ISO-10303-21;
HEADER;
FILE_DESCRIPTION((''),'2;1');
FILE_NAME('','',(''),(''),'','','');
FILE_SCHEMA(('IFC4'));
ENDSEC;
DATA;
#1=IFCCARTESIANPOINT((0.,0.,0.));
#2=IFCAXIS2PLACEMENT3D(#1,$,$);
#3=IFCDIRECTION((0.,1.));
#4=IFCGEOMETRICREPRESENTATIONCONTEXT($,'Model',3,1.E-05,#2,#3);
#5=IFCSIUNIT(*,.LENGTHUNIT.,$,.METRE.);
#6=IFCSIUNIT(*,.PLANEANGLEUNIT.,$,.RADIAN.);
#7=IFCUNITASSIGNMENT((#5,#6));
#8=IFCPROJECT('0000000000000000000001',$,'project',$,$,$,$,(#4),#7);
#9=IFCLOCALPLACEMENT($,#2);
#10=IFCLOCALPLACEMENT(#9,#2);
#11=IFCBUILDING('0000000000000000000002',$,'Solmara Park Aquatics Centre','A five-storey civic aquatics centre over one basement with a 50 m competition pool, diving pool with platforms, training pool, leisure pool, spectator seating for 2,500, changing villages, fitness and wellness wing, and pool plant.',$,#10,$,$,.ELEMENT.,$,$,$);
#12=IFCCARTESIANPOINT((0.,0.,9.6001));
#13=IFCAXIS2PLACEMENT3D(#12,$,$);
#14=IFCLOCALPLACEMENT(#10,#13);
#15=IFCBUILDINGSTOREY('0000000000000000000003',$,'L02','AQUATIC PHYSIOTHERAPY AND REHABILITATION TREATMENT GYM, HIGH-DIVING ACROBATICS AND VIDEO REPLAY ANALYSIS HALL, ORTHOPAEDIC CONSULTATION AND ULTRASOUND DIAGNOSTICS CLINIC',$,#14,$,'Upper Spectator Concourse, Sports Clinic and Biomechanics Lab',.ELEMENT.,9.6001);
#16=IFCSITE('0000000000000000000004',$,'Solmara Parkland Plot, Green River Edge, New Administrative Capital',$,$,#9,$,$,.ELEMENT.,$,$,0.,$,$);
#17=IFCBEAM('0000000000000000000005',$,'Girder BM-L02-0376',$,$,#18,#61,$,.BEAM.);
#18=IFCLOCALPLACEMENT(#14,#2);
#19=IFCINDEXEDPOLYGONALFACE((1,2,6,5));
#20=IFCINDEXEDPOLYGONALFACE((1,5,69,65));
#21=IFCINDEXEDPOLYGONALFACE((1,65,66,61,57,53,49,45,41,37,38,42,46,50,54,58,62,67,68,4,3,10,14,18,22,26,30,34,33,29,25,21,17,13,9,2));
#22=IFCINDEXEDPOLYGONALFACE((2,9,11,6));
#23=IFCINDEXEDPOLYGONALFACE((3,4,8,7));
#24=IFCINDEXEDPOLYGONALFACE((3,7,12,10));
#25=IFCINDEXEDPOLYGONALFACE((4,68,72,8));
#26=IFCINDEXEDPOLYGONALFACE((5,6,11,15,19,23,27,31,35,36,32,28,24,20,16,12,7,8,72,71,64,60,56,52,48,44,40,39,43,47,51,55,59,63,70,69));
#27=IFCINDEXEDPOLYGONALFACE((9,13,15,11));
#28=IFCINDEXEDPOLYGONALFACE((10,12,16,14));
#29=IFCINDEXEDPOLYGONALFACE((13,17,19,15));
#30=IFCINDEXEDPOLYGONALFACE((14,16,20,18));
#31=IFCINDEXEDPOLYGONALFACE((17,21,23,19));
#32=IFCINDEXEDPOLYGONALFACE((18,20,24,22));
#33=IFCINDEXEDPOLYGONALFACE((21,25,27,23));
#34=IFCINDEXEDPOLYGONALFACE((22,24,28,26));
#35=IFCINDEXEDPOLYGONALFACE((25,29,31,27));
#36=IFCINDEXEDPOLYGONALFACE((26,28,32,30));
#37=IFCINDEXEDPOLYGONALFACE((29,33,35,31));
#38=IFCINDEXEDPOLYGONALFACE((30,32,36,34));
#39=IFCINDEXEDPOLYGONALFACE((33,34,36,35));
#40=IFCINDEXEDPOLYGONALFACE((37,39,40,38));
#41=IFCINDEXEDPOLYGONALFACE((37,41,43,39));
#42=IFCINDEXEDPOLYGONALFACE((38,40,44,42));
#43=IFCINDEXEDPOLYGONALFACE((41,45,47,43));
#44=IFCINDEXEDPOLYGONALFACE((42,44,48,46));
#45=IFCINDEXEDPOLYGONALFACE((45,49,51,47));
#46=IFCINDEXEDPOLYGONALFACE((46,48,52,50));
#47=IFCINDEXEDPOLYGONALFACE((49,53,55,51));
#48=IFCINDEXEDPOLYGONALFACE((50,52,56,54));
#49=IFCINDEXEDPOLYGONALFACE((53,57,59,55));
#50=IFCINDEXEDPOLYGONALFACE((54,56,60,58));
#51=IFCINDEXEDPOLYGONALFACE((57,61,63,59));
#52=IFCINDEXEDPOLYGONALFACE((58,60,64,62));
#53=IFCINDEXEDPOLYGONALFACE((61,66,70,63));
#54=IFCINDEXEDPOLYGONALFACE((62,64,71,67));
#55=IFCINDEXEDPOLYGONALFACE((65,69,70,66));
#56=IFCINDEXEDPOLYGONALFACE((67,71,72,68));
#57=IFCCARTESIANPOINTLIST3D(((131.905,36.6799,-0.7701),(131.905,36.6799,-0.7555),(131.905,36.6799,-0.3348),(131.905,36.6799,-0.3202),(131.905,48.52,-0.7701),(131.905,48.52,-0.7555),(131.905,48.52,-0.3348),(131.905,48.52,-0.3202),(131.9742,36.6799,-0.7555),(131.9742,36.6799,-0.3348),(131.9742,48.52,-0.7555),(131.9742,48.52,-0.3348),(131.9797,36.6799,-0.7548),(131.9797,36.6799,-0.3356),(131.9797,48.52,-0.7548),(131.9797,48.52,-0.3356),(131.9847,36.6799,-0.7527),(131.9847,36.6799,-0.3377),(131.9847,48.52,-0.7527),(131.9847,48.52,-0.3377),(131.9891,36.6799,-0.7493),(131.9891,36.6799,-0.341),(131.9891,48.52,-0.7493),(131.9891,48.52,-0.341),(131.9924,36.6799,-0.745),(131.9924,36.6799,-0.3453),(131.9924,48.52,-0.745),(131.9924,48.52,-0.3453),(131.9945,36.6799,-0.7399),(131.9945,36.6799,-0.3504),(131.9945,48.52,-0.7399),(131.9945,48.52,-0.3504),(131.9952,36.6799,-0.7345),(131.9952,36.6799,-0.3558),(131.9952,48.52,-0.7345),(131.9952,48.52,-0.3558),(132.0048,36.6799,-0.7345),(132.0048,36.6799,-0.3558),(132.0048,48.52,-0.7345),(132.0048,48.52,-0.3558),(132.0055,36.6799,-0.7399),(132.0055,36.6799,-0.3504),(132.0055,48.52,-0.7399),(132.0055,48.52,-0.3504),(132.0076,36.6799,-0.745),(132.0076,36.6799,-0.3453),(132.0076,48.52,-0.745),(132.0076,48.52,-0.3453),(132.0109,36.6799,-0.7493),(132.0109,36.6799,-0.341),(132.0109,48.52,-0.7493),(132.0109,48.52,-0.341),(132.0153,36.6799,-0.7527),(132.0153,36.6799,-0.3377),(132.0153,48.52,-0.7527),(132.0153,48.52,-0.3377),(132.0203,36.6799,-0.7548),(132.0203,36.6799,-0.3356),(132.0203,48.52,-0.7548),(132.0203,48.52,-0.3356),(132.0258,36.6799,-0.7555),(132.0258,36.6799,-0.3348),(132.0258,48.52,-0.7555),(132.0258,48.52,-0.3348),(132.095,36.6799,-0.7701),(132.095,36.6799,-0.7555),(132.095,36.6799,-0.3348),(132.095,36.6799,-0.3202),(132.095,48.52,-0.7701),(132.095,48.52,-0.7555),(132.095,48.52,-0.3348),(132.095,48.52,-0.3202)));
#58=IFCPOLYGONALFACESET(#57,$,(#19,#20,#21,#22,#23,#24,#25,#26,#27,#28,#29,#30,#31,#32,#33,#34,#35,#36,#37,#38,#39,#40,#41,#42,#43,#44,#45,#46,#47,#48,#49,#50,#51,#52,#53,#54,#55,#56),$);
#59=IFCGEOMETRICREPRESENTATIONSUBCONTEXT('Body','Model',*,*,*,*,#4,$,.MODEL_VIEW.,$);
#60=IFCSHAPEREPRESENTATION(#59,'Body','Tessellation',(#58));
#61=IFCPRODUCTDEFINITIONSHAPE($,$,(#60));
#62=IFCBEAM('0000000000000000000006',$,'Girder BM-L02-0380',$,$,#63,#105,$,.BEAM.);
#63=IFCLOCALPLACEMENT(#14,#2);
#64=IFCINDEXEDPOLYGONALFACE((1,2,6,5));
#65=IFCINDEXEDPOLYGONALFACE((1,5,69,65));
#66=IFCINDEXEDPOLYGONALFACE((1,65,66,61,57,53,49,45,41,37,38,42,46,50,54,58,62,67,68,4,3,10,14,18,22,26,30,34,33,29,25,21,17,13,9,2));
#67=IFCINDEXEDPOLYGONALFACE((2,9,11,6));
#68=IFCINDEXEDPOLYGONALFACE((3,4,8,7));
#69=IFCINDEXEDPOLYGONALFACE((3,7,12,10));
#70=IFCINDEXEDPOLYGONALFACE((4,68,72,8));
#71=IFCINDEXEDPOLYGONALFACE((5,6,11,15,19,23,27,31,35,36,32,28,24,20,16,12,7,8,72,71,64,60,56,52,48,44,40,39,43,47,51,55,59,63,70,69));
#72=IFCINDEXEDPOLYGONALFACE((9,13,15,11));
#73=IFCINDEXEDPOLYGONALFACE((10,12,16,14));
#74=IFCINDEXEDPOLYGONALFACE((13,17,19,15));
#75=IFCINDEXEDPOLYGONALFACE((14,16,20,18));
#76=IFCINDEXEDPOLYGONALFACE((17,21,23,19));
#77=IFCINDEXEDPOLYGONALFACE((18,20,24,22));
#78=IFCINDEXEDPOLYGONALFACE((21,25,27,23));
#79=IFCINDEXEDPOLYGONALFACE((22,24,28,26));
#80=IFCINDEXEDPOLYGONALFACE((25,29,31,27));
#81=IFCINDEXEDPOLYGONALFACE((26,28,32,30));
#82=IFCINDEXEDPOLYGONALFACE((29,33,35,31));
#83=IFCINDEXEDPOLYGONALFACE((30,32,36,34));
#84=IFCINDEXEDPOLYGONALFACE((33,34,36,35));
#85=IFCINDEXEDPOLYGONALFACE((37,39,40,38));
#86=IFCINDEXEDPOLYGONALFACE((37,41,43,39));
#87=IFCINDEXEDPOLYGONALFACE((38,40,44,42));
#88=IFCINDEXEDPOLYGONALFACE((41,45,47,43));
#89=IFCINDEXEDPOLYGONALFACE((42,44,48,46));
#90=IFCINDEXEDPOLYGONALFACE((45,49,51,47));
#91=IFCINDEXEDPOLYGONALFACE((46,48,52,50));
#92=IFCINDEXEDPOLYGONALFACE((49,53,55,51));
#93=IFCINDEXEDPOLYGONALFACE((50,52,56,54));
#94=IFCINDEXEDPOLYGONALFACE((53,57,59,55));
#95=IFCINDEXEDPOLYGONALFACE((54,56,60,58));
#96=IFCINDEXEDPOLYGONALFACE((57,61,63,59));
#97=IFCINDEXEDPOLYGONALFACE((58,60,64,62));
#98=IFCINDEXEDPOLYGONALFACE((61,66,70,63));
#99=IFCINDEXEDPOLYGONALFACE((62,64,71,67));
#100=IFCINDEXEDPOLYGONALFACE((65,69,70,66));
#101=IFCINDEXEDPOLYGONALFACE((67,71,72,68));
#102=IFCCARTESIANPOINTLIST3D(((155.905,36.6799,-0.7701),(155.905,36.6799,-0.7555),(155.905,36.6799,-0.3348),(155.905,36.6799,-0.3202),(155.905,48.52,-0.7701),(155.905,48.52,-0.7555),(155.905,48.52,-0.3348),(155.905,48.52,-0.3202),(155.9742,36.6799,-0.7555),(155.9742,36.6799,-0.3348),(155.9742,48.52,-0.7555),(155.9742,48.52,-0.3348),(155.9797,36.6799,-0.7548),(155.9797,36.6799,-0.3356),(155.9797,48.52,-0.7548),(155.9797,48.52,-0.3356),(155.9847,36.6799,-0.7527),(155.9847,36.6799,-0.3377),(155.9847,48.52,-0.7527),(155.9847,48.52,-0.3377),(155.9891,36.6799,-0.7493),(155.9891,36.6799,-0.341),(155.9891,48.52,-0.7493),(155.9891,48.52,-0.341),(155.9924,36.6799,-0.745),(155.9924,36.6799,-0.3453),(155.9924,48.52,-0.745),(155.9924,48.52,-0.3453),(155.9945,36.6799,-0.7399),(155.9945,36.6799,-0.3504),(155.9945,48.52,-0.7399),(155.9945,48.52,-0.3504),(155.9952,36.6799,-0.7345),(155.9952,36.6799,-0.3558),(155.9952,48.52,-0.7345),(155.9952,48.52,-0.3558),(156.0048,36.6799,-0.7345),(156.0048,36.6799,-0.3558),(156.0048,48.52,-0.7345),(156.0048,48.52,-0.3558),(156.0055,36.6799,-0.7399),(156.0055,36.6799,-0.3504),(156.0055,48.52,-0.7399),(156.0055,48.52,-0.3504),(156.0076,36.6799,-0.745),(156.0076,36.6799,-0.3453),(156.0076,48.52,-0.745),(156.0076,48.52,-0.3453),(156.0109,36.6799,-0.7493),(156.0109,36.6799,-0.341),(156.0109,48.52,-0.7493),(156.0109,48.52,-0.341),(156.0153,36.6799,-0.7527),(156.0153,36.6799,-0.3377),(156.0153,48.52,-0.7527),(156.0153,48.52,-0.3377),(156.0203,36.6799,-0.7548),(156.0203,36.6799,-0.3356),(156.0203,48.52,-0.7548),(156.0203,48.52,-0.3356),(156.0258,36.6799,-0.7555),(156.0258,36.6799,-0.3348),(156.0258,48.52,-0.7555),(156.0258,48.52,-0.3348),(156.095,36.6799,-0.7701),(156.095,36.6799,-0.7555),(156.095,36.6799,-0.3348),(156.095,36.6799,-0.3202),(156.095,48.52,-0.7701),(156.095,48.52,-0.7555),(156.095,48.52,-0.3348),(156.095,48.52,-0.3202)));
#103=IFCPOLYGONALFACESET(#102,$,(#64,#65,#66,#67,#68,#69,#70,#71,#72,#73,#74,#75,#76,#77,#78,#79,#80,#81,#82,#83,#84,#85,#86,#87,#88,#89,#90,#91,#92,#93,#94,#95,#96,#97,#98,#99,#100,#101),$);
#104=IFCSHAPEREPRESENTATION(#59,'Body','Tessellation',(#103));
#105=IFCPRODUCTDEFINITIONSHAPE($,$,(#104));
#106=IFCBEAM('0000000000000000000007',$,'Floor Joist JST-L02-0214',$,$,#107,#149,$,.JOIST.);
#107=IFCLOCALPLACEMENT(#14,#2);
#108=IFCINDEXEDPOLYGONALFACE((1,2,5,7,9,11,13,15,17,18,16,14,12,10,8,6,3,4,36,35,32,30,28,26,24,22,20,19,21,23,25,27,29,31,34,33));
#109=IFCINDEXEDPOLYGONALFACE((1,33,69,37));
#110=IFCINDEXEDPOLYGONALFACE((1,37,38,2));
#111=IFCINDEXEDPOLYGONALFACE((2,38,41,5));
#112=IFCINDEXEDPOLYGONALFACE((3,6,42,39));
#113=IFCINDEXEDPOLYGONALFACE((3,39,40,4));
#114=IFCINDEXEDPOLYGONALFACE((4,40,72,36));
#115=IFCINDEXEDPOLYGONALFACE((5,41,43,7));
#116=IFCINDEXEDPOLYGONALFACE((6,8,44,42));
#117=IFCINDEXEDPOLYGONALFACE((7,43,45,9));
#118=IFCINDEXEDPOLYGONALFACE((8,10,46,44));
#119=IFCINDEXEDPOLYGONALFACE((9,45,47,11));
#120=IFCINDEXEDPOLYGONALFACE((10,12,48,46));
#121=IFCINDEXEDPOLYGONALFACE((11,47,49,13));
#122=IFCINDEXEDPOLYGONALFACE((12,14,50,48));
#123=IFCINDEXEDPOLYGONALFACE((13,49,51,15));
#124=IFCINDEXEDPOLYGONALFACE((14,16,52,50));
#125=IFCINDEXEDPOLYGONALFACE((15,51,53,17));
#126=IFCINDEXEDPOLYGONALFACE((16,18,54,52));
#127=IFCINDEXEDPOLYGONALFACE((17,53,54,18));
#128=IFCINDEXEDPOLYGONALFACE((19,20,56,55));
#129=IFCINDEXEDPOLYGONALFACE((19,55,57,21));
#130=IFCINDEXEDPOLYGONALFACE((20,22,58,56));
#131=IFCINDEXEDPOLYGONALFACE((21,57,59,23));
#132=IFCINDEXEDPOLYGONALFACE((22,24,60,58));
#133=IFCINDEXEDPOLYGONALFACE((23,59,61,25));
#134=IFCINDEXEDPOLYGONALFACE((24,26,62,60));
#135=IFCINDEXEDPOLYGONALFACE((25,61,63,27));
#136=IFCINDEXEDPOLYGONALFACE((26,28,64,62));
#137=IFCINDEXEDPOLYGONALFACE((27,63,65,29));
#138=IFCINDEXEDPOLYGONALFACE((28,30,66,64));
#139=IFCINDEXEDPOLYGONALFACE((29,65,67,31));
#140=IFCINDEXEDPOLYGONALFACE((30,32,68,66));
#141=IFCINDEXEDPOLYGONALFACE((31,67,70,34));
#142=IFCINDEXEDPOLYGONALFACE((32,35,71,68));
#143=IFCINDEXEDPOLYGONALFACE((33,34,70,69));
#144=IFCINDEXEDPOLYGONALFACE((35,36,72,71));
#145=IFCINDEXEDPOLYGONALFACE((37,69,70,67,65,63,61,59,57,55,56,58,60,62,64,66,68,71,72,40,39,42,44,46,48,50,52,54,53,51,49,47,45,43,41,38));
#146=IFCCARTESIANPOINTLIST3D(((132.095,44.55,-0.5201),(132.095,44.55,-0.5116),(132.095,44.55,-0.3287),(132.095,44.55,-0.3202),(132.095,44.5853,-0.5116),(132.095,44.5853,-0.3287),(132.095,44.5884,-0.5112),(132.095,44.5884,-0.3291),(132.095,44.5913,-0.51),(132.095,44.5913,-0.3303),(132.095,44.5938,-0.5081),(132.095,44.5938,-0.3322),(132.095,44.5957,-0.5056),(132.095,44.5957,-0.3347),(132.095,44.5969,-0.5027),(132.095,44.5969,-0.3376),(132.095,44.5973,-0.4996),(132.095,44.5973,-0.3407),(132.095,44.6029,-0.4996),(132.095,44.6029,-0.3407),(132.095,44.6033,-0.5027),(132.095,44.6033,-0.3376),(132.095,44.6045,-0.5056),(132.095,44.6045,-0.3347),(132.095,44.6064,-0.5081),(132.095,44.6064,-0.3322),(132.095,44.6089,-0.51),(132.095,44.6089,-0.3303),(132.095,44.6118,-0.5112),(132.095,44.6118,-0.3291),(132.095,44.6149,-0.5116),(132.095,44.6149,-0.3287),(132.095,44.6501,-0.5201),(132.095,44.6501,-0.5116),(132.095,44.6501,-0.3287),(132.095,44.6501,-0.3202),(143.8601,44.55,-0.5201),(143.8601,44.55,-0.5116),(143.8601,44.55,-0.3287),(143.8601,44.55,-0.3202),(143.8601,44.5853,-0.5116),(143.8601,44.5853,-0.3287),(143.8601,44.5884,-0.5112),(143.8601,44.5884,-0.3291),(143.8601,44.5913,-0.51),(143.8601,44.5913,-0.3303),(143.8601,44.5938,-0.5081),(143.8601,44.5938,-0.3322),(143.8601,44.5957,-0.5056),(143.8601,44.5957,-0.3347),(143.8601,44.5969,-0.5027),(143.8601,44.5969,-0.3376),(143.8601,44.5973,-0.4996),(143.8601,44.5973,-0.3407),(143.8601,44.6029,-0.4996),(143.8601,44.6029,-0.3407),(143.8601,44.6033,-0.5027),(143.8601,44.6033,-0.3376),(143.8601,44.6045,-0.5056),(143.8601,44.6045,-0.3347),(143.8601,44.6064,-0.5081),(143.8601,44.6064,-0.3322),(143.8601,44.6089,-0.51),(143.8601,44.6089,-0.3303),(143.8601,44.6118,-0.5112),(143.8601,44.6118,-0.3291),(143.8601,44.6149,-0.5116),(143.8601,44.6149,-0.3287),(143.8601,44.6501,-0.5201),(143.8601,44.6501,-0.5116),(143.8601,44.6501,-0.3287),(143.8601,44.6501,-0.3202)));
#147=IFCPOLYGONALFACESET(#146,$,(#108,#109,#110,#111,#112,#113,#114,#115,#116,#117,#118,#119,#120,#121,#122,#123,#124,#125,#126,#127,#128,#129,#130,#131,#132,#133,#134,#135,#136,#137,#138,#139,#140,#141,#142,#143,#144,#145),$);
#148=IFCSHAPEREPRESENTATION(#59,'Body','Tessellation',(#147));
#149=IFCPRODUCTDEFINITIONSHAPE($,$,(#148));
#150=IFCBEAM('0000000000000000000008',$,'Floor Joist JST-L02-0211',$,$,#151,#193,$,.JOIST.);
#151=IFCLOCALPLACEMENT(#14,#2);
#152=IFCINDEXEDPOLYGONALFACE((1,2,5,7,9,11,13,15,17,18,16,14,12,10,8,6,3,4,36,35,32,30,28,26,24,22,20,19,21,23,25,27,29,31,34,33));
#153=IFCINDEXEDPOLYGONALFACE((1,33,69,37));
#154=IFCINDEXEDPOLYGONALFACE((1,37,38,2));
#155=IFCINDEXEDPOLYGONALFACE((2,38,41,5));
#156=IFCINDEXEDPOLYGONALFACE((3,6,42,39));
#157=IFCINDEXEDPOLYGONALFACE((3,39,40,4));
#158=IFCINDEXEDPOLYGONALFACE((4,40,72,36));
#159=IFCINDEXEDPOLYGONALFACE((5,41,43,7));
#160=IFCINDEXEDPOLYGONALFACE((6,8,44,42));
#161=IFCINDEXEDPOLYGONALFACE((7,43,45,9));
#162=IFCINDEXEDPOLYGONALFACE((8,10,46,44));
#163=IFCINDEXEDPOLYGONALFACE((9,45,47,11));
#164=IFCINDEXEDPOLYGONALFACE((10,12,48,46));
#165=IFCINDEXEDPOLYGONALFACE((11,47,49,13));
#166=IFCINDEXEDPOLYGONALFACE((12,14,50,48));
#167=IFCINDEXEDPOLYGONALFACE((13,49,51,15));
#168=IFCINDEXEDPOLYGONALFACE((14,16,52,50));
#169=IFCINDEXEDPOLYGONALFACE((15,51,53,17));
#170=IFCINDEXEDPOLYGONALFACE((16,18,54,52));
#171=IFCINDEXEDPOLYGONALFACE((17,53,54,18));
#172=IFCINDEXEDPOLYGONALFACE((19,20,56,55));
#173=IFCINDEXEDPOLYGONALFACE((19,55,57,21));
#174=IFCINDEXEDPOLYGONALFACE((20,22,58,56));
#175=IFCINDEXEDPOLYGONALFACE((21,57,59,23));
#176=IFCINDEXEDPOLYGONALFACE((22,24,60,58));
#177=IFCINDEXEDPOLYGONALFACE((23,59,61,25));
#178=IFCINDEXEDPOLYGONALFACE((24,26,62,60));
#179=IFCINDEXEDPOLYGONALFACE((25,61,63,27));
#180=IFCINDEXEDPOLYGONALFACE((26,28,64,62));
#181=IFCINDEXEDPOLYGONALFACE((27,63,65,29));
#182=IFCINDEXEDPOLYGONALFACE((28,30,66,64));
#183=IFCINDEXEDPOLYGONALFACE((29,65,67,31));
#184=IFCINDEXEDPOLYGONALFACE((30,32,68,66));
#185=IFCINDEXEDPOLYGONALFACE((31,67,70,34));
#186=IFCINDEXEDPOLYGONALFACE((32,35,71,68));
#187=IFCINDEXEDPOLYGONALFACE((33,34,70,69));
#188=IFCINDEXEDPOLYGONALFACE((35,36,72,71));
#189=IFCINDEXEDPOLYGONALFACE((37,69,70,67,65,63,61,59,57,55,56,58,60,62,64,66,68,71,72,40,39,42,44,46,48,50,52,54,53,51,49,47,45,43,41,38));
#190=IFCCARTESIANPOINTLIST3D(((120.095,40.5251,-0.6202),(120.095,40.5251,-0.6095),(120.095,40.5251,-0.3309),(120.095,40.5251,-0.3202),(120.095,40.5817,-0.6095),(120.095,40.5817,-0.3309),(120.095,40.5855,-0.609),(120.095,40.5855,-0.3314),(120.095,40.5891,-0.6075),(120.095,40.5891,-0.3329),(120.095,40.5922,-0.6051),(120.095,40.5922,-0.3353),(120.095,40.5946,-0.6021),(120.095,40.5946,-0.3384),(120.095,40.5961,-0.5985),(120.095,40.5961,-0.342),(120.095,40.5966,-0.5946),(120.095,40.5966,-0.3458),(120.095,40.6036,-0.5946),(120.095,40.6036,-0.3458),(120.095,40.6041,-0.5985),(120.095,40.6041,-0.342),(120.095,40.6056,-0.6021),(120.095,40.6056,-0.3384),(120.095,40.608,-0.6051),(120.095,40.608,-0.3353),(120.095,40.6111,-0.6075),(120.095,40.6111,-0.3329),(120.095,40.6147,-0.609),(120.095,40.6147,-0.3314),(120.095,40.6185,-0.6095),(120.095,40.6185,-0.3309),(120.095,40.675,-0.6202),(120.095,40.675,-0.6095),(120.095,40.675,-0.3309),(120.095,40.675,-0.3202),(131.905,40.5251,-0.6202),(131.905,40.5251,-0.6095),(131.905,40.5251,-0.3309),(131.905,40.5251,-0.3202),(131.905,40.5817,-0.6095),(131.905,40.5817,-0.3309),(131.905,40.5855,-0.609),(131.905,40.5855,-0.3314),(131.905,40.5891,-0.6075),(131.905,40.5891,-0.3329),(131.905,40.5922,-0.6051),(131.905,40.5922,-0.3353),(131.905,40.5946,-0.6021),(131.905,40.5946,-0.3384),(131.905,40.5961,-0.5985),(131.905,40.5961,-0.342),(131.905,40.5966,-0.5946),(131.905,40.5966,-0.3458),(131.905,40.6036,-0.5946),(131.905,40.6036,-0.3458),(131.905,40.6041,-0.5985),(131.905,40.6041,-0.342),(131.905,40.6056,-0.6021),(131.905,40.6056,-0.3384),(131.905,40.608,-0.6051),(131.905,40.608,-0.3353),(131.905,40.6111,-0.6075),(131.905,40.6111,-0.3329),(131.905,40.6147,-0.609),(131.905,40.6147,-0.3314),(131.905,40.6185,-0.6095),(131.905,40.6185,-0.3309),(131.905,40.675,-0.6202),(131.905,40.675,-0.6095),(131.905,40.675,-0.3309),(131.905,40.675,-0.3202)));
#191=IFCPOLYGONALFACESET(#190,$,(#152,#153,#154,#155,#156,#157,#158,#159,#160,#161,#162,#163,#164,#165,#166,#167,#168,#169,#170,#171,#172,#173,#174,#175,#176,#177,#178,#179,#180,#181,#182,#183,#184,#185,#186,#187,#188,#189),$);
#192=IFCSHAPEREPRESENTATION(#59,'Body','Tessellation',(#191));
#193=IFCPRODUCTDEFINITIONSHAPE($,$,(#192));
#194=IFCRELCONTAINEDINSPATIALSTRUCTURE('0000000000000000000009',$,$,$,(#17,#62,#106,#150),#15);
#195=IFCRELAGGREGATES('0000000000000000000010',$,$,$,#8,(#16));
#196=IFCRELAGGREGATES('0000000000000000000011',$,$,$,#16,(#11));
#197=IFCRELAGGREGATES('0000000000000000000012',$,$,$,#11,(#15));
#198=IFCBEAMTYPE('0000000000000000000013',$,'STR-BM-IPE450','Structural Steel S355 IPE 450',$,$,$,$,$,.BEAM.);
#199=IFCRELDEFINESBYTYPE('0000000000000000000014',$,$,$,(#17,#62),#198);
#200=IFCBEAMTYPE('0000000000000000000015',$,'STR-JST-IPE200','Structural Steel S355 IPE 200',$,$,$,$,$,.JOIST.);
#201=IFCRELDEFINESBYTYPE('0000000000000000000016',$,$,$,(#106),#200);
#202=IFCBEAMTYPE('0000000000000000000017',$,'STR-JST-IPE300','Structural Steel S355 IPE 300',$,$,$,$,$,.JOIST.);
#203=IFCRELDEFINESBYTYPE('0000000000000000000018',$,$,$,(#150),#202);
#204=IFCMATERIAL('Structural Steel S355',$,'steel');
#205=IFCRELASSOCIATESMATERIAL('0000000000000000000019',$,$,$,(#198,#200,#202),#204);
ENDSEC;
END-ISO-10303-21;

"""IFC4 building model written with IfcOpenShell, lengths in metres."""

from ifc_helpers import new_model, si_unit, direction, frame, origin, origin_2d, place, context, subcontext, project, spatial, i_section, extrude, material, material_profile, profile_set, type_object, element, save


model = new_model("IFC4")

# Units and contexts
model_context = context("Model", 3, precision=1e-05, world=origin(), true_north=direction((0.0, 1.0)))
body_context = subcontext(model_context, "Body", "Model", "MODEL_VIEW")
ifc_project = project(units=[si_unit("LENGTHUNIT", "METRE"), si_unit("PLANEANGLEUNIT", "RADIAN")], contexts=[model_context])

# Site, building, storey
site_placement = place(None, origin())
site = spatial("IfcSite", under=ifc_project, at=site_placement, Name="Solmara Parkland Plot, Green River Edge, New Administrative Capital", CompositionType="ELEMENT", RefElevation=0.0)
building_placement = place(site_placement, origin())
building = spatial("IfcBuilding", under=site, at=building_placement, Name="Solmara Park Aquatics Centre", Description="A five-storey civic aquatics centre over one basement with a 50 m competition pool, diving pool with platforms, training pool, leisure pool, spectator seating for 2,500, changing villages, fitness and wellness wing, and pool plant.", CompositionType="ELEMENT")
storey_placement = place(building_placement, frame((0.0, 0.0, 9.6001)))
storey = spatial("IfcBuildingStorey", under=building, at=storey_placement, Name="L02", Description="AQUATIC PHYSIOTHERAPY AND REHABILITATION TREATMENT GYM, HIGH-DIVING ACROBATICS AND VIDEO REPLAY ANALYSIS HALL, ORTHOPAEDIC CONSULTATION AND ULTRASOUND DIAGNOSTICS CLINIC", LongName="Upper Spectator Concourse, Sports Clinic and Biomechanics Lab", CompositionType="ELEMENT", Elevation=9.6001)

# Shared definitions
ifc_material_1 = material(Name="Structural Steel S355", Category="steel")

# Beams
ifc_material_profile_1 = material_profile(ifc_material_1, i_section(OverallWidth=0.1899, OverallDepth=0.45, WebThickness=0.0095, FlangeThickness=0.0146, FilletRadius=0.021, at=origin_2d()), Name="IPE 450")
ifc_profile_set_1 = profile_set([ifc_material_profile_1], Name="Structural Steel S355")
beam_type_1 = type_object("IfcBeamType", Name="STR-BM-IPE450", Description="Structural Steel S355 IPE 450", PredefinedType="BEAM", material=ifc_profile_set_1)
for number, where, z_axis, x_axis, name in (
    (1, (132.0, 36.6799, -0.5452), (0.0, 1.0, 0.0), (-1.0, 0.0, 0.0), "Girder BM-L02-0376"),
    (2, (156.0, 36.6799, -0.5452), (0.0, 1.0, 0.0), (-1.0, 0.0, 0.0), "Girder BM-L02-0380"),
):
    element("IfcBeam", number, at=place(storey_placement, frame(where, z_axis=z_axis, x_axis=x_axis)), inside=storey, type_object=beam_type_1, Name=name, PredefinedType="BEAM", context=body_context, shape_type="SweptSolid", body=[
        extrude(i_section(OverallWidth=0.1899, OverallDepth=0.45, WebThickness=0.0095, FlangeThickness=0.0146, FilletRadius=0.021, at=origin_2d()), origin(), (0.0, 0.0, 1.0), 11.8401),
    ])
ifc_material_profile_2 = material_profile(ifc_material_1, i_section(OverallWidth=0.1001, OverallDepth=0.2, WebThickness=0.0056, FlangeThickness=0.0085, FilletRadius=0.012, at=origin_2d()), Name="IPE 200")
ifc_profile_set_2 = profile_set([ifc_material_profile_2], Name="Structural Steel S355")
beam_type_2 = type_object("IfcBeamType", Name="STR-JST-IPE200", Description="Structural Steel S355 IPE 200", PredefinedType="JOIST", material=ifc_profile_set_2)
beam_1_placement = place(storey_placement, frame((132.095, 44.6001, -0.4202), z_axis=(1.0, 0.0, 0.0), x_axis=(0.0, 1.0, 0.0)))
element("IfcBeam", 3, at=beam_1_placement, inside=storey, type_object=beam_type_2, Name="Floor Joist JST-L02-0214", PredefinedType="JOIST", context=body_context, shape_type="SweptSolid", body=[
    extrude(i_section(OverallWidth=0.1001, OverallDepth=0.2, WebThickness=0.0056, FlangeThickness=0.0085, FilletRadius=0.012, at=origin_2d()), origin(), (0.0, 0.0, 1.0), 11.7651),
])
ifc_material_profile_3 = material_profile(ifc_material_1, i_section(OverallWidth=0.1499, OverallDepth=0.3, WebThickness=0.0071, FlangeThickness=0.0107, FilletRadius=0.0149, at=origin_2d()), Name="IPE 300")
ifc_profile_set_3 = profile_set([ifc_material_profile_3], Name="Structural Steel S355")
beam_type_3 = type_object("IfcBeamType", Name="STR-JST-IPE300", Description="Structural Steel S355 IPE 300", PredefinedType="JOIST", material=ifc_profile_set_3)
for number, where, z_axis, x_axis, name in (
    (4, (120.095, 40.6001, -0.4702), (1.0, 0.0, 0.0), (0.0, 1.0, 0.0), "Floor Joist JST-L02-0211"),
):
    element("IfcBeam", number, at=place(storey_placement, frame(where, z_axis=z_axis, x_axis=x_axis)), inside=storey, type_object=beam_type_3, Name=name, PredefinedType="JOIST", context=body_context, shape_type="SweptSolid", body=[
        extrude(i_section(OverallWidth=0.1499, OverallDepth=0.3, WebThickness=0.0071, FlangeThickness=0.0107, FilletRadius=0.0149, at=origin_2d()), origin(), (0.0, 0.0, 1.0), 11.8101),
    ])

save(model, "model.ifc")
